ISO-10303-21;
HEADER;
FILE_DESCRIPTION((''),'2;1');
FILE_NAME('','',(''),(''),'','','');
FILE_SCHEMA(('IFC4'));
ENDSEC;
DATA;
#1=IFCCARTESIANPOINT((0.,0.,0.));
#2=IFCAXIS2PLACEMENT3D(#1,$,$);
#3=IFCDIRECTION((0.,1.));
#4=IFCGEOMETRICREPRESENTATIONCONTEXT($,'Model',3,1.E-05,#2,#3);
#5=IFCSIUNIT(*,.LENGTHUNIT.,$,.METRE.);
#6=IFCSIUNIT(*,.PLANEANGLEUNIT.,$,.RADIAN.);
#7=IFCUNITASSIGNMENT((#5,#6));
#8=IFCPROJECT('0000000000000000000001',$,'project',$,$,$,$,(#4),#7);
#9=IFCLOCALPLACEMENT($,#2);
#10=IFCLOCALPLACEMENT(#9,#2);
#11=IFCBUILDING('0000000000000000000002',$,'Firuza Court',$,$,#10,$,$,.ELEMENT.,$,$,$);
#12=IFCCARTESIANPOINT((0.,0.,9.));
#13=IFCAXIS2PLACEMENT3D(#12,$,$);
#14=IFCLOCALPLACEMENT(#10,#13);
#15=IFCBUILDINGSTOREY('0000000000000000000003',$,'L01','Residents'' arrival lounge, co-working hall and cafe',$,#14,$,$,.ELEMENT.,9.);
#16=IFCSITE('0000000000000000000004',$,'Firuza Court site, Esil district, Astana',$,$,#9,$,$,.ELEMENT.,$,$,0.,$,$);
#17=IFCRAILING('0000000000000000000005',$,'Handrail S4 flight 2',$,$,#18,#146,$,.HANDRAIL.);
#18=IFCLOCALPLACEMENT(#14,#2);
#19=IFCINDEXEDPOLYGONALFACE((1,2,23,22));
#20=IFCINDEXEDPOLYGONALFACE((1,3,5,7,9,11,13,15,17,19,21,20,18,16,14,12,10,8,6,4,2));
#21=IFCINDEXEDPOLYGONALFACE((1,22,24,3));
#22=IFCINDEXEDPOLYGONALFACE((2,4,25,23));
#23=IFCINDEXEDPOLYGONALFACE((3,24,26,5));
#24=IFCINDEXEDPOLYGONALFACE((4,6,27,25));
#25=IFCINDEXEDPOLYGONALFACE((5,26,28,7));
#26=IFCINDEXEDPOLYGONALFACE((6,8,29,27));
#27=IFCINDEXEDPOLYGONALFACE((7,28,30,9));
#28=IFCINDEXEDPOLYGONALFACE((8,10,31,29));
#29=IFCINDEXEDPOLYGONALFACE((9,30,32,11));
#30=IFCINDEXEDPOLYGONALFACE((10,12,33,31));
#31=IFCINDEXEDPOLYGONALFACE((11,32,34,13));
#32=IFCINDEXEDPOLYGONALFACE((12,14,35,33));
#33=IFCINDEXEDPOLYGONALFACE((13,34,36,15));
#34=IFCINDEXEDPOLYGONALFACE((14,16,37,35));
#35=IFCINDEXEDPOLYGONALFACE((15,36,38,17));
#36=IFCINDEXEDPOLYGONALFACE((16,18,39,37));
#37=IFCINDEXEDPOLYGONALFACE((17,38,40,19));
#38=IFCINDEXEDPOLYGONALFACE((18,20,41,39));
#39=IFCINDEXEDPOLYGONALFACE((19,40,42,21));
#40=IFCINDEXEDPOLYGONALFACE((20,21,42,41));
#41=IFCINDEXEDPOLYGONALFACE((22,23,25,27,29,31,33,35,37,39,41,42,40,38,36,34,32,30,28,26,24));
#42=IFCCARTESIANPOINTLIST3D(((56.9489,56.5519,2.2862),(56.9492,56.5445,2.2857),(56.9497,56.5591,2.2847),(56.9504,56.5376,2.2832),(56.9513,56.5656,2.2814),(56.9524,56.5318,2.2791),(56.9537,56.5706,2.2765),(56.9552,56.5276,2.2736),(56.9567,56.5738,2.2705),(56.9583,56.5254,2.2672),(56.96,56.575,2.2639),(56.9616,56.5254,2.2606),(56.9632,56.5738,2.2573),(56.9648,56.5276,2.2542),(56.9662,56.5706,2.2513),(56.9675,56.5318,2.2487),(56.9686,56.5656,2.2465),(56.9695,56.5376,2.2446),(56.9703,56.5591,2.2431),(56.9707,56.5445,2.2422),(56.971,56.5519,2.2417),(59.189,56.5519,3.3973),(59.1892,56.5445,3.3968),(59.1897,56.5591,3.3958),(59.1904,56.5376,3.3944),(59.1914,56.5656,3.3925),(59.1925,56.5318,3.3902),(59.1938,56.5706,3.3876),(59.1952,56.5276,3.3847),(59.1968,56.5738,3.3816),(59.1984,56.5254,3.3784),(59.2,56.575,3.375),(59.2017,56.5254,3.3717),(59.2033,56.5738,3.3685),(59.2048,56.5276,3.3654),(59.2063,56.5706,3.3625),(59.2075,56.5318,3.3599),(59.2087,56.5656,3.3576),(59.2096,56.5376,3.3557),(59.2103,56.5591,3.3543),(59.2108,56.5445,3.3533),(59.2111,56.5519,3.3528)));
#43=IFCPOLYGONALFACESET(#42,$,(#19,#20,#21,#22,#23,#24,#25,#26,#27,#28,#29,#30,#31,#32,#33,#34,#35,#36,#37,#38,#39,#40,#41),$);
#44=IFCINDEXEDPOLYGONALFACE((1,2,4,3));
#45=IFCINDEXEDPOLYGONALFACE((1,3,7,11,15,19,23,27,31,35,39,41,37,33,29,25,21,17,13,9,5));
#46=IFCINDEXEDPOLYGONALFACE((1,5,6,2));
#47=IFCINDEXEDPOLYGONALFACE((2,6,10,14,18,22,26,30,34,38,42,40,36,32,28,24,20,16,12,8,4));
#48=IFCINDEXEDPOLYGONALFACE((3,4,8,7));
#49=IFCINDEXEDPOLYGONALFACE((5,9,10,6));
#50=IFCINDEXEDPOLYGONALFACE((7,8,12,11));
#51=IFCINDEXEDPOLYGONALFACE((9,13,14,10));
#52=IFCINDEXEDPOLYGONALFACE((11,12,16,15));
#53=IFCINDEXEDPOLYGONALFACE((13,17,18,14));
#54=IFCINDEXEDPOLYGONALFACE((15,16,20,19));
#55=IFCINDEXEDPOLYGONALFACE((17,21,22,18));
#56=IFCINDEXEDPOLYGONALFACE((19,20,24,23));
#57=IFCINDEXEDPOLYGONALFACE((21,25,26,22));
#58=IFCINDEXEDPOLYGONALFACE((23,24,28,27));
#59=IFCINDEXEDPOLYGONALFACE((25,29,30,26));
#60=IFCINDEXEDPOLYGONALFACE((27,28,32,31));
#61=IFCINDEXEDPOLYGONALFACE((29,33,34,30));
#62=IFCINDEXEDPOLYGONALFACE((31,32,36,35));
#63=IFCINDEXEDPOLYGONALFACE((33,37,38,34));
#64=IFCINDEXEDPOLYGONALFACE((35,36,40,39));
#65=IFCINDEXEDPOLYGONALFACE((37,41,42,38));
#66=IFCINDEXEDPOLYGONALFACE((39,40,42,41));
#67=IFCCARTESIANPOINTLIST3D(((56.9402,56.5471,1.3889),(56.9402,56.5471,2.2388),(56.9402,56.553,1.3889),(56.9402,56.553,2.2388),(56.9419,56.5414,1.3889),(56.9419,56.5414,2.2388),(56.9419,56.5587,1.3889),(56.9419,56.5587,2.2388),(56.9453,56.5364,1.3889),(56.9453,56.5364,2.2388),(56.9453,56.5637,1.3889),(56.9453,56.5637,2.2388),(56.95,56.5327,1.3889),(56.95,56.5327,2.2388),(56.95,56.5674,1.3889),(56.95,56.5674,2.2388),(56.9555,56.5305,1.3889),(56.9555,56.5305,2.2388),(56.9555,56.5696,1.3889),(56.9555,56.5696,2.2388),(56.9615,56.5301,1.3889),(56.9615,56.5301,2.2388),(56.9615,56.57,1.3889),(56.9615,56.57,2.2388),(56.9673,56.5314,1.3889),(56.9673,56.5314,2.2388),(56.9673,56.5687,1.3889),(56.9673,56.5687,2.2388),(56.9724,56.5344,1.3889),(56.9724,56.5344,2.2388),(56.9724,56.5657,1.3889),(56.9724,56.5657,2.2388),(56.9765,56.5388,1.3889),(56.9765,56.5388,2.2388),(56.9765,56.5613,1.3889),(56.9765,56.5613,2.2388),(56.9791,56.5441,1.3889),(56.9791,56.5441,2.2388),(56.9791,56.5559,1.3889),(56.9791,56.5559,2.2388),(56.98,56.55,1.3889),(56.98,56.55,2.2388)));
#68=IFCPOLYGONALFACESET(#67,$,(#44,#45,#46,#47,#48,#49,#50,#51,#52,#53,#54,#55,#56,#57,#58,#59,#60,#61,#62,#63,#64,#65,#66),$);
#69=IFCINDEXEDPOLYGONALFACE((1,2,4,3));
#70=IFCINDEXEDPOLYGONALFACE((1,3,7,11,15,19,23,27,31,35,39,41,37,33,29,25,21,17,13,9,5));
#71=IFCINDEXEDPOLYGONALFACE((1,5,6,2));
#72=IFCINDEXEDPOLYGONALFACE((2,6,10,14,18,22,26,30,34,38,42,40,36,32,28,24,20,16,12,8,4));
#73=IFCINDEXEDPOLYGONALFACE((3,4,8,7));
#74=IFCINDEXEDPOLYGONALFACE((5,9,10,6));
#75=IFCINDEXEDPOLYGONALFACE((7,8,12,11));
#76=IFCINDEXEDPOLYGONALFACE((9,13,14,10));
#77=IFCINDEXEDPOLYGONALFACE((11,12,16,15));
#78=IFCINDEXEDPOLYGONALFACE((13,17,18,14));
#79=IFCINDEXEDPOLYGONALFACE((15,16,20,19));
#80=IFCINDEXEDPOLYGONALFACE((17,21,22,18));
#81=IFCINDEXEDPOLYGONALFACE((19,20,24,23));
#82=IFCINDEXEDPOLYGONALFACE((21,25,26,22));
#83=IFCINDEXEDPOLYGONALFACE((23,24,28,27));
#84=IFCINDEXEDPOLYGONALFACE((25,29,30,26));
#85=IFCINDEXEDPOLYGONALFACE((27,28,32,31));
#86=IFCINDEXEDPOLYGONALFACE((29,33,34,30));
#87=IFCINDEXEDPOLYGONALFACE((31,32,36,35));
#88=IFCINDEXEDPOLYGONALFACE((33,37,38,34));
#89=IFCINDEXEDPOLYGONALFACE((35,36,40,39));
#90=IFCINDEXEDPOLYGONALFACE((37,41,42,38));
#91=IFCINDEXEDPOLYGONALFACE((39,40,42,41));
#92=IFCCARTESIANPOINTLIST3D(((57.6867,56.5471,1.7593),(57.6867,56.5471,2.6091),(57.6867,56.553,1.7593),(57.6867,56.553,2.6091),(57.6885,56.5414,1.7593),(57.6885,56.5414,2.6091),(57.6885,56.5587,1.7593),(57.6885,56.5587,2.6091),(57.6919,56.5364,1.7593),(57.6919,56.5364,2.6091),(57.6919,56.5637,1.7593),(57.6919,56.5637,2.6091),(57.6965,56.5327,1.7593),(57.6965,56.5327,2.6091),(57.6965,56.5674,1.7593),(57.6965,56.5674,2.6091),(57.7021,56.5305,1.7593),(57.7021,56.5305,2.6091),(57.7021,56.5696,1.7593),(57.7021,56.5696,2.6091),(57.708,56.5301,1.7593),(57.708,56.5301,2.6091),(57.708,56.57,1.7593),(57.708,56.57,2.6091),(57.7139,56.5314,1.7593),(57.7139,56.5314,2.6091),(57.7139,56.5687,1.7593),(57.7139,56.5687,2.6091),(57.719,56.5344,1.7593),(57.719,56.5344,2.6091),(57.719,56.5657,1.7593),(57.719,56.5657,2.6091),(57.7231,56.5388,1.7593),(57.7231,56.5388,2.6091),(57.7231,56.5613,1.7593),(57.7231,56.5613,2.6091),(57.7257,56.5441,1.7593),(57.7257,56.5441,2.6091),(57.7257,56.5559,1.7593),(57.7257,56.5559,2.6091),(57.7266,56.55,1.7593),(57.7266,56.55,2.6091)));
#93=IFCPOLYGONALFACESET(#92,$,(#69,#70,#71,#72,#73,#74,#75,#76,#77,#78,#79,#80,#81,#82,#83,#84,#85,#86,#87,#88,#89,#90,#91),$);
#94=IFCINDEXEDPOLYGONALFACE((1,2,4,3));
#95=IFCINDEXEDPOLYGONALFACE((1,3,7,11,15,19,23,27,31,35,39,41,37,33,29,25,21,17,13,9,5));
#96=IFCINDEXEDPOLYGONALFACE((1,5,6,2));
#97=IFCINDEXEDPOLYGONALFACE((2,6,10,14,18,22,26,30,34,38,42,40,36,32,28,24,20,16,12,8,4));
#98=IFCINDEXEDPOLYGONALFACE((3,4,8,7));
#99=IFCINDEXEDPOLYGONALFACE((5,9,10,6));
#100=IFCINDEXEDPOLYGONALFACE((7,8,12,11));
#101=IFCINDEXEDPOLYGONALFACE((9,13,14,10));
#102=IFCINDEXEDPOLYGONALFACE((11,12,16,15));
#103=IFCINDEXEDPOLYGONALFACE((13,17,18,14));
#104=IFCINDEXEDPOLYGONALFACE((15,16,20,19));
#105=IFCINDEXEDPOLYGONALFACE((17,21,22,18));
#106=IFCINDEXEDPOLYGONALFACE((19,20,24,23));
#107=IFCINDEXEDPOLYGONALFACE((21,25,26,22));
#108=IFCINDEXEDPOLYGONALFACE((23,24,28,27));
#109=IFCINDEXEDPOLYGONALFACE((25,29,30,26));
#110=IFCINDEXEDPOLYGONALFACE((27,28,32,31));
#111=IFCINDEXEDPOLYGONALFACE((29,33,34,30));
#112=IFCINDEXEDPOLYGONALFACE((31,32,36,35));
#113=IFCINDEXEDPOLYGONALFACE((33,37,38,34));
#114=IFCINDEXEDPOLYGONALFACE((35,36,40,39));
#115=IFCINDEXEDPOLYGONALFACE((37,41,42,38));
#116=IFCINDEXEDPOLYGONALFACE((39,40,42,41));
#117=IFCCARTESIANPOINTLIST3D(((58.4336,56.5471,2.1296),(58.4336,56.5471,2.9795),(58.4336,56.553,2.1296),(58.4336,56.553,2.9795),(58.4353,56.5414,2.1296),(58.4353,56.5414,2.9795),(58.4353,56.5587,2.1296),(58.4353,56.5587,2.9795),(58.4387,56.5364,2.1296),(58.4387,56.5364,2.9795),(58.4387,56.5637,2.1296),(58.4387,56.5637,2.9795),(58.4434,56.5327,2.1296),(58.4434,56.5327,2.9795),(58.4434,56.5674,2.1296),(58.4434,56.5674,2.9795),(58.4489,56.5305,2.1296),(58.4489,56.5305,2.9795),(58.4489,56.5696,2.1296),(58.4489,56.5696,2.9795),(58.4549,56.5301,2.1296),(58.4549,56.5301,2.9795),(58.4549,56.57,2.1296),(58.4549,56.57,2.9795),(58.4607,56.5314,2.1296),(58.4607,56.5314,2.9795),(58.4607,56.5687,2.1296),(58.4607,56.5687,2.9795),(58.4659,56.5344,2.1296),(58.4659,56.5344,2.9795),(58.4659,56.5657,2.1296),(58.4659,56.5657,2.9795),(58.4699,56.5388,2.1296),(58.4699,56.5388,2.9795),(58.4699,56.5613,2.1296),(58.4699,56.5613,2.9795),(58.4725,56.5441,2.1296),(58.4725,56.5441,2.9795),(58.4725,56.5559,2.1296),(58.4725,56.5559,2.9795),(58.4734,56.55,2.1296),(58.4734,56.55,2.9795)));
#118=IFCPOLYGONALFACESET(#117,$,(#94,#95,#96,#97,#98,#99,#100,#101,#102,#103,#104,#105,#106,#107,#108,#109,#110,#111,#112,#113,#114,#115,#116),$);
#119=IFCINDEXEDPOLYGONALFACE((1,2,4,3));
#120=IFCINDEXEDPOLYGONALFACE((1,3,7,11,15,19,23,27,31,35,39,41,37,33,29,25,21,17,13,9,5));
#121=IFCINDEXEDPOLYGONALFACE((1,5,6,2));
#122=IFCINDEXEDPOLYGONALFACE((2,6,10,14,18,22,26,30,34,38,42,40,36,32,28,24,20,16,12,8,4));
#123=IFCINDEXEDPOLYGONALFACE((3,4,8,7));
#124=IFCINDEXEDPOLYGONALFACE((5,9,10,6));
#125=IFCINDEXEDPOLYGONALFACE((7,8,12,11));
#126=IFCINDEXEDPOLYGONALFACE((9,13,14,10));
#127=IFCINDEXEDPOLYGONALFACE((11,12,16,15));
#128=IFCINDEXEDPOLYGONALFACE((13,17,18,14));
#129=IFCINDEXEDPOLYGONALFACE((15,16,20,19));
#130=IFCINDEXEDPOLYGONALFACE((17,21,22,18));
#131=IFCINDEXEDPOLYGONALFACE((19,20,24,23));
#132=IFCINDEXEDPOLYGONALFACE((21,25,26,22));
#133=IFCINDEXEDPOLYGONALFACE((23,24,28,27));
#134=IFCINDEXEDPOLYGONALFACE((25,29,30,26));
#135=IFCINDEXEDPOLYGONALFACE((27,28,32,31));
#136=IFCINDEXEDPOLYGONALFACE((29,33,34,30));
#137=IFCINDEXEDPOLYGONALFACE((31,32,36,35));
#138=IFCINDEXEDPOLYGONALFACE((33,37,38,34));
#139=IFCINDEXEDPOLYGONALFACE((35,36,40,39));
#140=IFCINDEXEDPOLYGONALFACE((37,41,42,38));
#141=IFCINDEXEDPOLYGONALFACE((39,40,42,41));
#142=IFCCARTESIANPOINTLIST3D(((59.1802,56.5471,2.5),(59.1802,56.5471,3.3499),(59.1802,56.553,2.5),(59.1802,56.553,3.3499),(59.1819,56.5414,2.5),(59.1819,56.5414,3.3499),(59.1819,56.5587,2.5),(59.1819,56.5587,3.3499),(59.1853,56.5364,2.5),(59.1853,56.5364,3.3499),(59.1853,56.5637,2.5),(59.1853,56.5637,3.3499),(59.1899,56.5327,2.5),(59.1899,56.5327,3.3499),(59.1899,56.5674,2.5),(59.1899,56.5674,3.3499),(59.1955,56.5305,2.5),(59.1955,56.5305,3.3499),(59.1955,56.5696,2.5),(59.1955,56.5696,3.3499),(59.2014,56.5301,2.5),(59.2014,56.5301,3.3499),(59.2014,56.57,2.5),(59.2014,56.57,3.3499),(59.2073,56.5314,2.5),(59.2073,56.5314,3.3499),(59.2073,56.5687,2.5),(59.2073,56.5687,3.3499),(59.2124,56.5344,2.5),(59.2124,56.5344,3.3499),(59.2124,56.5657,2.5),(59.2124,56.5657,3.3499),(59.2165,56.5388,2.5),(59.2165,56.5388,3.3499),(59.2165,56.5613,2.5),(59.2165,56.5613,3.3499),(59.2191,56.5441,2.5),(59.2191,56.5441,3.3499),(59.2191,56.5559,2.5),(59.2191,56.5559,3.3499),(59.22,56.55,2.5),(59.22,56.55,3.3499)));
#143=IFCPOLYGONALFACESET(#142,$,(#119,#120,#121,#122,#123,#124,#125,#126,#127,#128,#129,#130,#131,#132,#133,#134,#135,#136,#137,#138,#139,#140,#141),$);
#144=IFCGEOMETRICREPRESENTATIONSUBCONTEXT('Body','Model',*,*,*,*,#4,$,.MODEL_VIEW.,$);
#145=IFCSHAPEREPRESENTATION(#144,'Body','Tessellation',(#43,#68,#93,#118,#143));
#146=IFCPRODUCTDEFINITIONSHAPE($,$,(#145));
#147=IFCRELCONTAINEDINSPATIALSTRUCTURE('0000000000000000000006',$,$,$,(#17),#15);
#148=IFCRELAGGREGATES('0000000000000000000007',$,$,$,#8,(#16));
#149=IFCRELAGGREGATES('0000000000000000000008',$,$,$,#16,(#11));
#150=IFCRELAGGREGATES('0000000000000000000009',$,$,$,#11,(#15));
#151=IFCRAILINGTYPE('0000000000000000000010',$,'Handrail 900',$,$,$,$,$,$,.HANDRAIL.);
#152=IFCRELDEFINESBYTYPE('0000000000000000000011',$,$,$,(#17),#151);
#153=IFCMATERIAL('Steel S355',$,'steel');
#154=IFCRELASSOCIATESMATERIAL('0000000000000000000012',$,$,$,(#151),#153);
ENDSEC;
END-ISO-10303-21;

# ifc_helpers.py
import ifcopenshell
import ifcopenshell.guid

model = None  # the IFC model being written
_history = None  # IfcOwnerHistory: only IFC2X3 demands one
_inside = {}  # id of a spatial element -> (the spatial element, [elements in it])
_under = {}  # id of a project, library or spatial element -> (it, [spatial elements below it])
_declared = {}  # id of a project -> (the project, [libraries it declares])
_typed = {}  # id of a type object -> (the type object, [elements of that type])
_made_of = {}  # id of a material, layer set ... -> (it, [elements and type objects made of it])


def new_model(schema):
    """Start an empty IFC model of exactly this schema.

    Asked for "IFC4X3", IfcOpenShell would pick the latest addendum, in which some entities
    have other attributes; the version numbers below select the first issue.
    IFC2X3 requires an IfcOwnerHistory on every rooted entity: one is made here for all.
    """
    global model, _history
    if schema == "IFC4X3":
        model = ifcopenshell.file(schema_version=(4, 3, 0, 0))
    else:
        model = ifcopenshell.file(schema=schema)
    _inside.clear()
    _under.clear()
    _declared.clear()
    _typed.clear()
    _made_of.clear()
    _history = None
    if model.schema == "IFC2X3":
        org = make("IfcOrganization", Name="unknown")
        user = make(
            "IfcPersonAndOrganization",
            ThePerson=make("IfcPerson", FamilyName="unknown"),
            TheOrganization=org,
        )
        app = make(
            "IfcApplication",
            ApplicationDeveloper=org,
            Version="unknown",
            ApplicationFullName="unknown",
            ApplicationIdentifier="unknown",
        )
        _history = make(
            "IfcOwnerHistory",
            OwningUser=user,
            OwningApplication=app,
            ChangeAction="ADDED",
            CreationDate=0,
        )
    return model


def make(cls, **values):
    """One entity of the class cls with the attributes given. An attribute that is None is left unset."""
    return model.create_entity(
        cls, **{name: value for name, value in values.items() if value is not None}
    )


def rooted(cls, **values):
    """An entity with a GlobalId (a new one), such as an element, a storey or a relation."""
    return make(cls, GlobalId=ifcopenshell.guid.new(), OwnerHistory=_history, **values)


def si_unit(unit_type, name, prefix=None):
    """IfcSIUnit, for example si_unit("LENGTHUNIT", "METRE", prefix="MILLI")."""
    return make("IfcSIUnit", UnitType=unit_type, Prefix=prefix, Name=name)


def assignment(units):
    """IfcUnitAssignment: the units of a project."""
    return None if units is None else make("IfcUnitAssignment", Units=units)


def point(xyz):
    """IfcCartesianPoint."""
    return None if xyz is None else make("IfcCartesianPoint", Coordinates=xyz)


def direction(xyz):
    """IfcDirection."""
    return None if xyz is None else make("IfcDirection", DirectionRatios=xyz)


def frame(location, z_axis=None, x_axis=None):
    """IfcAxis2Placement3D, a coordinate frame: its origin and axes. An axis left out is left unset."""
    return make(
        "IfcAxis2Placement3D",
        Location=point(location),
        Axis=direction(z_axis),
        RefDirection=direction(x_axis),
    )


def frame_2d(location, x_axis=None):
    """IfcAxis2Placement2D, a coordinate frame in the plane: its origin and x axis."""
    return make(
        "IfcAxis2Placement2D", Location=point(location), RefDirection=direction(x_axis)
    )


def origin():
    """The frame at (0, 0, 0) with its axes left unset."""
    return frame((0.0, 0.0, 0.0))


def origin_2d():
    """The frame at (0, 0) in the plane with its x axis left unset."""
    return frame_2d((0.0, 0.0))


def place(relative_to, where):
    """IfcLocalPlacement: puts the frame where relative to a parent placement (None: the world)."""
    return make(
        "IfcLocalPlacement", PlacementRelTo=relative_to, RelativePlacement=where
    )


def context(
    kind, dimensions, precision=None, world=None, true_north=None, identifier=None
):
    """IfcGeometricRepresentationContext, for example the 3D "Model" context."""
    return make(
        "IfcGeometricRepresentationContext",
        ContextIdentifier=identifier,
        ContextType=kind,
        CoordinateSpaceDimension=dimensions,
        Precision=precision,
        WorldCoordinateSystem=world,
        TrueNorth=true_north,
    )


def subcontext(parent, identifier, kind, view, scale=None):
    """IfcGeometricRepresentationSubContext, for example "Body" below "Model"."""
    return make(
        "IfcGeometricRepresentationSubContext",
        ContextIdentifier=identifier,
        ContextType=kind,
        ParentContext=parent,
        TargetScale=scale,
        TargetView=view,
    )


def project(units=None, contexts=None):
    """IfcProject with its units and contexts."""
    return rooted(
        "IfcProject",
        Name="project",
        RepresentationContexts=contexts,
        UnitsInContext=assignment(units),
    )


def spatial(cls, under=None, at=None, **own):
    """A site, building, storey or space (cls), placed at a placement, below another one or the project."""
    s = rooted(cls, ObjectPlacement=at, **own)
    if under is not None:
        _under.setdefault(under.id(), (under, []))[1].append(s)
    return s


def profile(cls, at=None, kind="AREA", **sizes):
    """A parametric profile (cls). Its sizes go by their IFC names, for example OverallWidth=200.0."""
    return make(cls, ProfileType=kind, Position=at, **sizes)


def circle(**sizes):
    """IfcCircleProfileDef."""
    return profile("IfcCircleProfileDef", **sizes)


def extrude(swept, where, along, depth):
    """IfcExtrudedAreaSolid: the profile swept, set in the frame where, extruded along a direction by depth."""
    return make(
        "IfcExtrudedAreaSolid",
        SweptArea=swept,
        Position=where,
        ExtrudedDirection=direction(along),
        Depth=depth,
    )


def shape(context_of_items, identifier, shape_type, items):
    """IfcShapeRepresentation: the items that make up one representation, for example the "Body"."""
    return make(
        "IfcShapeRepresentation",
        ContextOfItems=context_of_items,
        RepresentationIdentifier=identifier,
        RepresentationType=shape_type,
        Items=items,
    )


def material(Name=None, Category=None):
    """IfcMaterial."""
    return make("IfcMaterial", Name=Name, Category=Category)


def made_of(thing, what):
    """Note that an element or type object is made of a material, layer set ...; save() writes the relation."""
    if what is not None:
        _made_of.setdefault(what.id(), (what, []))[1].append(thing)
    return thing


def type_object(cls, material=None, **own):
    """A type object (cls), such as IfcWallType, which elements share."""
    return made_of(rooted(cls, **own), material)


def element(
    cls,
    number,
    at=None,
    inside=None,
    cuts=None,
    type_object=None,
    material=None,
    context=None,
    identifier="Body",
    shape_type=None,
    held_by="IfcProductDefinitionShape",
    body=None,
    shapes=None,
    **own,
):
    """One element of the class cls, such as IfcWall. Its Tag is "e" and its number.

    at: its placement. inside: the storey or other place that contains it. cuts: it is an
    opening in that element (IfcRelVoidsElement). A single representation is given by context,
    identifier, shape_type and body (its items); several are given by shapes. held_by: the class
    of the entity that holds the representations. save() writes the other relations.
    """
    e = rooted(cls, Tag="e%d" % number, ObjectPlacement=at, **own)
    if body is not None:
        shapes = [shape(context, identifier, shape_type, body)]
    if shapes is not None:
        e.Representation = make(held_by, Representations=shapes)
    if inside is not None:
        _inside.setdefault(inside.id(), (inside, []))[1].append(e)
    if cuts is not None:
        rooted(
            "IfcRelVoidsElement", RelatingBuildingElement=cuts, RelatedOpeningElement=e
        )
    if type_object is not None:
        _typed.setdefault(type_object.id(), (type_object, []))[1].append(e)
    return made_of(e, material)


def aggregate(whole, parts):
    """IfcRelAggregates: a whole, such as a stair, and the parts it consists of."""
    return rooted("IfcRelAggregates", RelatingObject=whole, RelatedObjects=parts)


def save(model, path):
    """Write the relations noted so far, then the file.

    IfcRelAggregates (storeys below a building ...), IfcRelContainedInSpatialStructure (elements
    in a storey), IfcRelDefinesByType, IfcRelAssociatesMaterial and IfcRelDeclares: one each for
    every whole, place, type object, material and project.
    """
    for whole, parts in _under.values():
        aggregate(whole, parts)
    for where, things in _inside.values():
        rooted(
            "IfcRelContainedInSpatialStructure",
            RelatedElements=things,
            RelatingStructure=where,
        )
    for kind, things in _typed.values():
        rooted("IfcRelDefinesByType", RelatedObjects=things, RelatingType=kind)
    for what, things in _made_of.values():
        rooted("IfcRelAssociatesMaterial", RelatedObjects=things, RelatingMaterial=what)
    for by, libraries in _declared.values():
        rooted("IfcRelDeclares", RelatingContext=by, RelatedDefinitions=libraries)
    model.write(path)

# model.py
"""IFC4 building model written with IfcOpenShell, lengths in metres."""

from ifc_helpers import new_model, si_unit, direction, frame, origin, origin_2d, place, context, subcontext, project, spatial, circle, extrude, material, type_object, element, save


model = new_model("IFC4")

# Units and contexts
model_context = context("Model", 3, precision=1e-05, world=origin(), true_north=direction((0.0, 1.0)))
body_context = subcontext(model_context, "Body", "Model", "MODEL_VIEW")
ifc_project = project(units=[si_unit("LENGTHUNIT", "METRE"), si_unit("PLANEANGLEUNIT", "RADIAN")], contexts=[model_context])

# Site, building, storey
site_placement = place(None, origin())
site = spatial("IfcSite", under=ifc_project, at=site_placement, Name="Firuza Court site, Esil district, Astana", CompositionType="ELEMENT", RefElevation=0.0)
building_placement = place(site_placement, origin())
building = spatial("IfcBuilding", under=site, at=building_placement, Name="Firuza Court", CompositionType="ELEMENT")
storey_placement = place(building_placement, frame((0.0, 0.0, 9.0)))
storey = spatial("IfcBuildingStorey", under=building, at=storey_placement, Name="L01", Description="Residents' arrival lounge, co-working hall and cafe", CompositionType="ELEMENT", Elevation=9.0)

# Railing
ifc_material_1 = material(Name="Steel S355", Category="steel")
railing_type_1 = type_object("IfcRailingType", Name="Handrail 900", PredefinedType="HANDRAIL", material=ifc_material_1)
railing_1_placement = place(storey_placement, frame((56.96, 56.55, 1.3889)))
element("IfcRailing", 1, at=railing_1_placement, inside=storey, type_object=railing_type_1, Name="Handrail S4 flight 2", PredefinedType="HANDRAIL", context=body_context, shape_type="SweptSolid", body=[
    extrude(circle(Radius=0.0249, at=origin_2d()), frame((0.0, 0.0, 0.875), z_axis=(0.895848, 0.0, 0.44436), x_axis=(0.0, 1.0, 0.0)), (0.0, 0.0, 1.0), 2.5005),
    extrude(circle(Radius=0.02, at=origin_2d()), origin(), (0.0, 0.0, 1.0), 0.8499),
    extrude(circle(Radius=0.02, at=origin_2d()), frame((0.7466, 0.0, 0.3704)), (0.0, 0.0, 1.0), 0.8499),
    extrude(circle(Radius=0.02, at=origin_2d()), frame((1.4934, 0.0, 0.7407)), (0.0, 0.0, 1.0), 0.8499),
    extrude(circle(Radius=0.02, at=origin_2d()), frame((2.24, 0.0, 1.1111)), (0.0, 0.0, 1.0), 0.8499),
])

save(model, "model.ifc")
